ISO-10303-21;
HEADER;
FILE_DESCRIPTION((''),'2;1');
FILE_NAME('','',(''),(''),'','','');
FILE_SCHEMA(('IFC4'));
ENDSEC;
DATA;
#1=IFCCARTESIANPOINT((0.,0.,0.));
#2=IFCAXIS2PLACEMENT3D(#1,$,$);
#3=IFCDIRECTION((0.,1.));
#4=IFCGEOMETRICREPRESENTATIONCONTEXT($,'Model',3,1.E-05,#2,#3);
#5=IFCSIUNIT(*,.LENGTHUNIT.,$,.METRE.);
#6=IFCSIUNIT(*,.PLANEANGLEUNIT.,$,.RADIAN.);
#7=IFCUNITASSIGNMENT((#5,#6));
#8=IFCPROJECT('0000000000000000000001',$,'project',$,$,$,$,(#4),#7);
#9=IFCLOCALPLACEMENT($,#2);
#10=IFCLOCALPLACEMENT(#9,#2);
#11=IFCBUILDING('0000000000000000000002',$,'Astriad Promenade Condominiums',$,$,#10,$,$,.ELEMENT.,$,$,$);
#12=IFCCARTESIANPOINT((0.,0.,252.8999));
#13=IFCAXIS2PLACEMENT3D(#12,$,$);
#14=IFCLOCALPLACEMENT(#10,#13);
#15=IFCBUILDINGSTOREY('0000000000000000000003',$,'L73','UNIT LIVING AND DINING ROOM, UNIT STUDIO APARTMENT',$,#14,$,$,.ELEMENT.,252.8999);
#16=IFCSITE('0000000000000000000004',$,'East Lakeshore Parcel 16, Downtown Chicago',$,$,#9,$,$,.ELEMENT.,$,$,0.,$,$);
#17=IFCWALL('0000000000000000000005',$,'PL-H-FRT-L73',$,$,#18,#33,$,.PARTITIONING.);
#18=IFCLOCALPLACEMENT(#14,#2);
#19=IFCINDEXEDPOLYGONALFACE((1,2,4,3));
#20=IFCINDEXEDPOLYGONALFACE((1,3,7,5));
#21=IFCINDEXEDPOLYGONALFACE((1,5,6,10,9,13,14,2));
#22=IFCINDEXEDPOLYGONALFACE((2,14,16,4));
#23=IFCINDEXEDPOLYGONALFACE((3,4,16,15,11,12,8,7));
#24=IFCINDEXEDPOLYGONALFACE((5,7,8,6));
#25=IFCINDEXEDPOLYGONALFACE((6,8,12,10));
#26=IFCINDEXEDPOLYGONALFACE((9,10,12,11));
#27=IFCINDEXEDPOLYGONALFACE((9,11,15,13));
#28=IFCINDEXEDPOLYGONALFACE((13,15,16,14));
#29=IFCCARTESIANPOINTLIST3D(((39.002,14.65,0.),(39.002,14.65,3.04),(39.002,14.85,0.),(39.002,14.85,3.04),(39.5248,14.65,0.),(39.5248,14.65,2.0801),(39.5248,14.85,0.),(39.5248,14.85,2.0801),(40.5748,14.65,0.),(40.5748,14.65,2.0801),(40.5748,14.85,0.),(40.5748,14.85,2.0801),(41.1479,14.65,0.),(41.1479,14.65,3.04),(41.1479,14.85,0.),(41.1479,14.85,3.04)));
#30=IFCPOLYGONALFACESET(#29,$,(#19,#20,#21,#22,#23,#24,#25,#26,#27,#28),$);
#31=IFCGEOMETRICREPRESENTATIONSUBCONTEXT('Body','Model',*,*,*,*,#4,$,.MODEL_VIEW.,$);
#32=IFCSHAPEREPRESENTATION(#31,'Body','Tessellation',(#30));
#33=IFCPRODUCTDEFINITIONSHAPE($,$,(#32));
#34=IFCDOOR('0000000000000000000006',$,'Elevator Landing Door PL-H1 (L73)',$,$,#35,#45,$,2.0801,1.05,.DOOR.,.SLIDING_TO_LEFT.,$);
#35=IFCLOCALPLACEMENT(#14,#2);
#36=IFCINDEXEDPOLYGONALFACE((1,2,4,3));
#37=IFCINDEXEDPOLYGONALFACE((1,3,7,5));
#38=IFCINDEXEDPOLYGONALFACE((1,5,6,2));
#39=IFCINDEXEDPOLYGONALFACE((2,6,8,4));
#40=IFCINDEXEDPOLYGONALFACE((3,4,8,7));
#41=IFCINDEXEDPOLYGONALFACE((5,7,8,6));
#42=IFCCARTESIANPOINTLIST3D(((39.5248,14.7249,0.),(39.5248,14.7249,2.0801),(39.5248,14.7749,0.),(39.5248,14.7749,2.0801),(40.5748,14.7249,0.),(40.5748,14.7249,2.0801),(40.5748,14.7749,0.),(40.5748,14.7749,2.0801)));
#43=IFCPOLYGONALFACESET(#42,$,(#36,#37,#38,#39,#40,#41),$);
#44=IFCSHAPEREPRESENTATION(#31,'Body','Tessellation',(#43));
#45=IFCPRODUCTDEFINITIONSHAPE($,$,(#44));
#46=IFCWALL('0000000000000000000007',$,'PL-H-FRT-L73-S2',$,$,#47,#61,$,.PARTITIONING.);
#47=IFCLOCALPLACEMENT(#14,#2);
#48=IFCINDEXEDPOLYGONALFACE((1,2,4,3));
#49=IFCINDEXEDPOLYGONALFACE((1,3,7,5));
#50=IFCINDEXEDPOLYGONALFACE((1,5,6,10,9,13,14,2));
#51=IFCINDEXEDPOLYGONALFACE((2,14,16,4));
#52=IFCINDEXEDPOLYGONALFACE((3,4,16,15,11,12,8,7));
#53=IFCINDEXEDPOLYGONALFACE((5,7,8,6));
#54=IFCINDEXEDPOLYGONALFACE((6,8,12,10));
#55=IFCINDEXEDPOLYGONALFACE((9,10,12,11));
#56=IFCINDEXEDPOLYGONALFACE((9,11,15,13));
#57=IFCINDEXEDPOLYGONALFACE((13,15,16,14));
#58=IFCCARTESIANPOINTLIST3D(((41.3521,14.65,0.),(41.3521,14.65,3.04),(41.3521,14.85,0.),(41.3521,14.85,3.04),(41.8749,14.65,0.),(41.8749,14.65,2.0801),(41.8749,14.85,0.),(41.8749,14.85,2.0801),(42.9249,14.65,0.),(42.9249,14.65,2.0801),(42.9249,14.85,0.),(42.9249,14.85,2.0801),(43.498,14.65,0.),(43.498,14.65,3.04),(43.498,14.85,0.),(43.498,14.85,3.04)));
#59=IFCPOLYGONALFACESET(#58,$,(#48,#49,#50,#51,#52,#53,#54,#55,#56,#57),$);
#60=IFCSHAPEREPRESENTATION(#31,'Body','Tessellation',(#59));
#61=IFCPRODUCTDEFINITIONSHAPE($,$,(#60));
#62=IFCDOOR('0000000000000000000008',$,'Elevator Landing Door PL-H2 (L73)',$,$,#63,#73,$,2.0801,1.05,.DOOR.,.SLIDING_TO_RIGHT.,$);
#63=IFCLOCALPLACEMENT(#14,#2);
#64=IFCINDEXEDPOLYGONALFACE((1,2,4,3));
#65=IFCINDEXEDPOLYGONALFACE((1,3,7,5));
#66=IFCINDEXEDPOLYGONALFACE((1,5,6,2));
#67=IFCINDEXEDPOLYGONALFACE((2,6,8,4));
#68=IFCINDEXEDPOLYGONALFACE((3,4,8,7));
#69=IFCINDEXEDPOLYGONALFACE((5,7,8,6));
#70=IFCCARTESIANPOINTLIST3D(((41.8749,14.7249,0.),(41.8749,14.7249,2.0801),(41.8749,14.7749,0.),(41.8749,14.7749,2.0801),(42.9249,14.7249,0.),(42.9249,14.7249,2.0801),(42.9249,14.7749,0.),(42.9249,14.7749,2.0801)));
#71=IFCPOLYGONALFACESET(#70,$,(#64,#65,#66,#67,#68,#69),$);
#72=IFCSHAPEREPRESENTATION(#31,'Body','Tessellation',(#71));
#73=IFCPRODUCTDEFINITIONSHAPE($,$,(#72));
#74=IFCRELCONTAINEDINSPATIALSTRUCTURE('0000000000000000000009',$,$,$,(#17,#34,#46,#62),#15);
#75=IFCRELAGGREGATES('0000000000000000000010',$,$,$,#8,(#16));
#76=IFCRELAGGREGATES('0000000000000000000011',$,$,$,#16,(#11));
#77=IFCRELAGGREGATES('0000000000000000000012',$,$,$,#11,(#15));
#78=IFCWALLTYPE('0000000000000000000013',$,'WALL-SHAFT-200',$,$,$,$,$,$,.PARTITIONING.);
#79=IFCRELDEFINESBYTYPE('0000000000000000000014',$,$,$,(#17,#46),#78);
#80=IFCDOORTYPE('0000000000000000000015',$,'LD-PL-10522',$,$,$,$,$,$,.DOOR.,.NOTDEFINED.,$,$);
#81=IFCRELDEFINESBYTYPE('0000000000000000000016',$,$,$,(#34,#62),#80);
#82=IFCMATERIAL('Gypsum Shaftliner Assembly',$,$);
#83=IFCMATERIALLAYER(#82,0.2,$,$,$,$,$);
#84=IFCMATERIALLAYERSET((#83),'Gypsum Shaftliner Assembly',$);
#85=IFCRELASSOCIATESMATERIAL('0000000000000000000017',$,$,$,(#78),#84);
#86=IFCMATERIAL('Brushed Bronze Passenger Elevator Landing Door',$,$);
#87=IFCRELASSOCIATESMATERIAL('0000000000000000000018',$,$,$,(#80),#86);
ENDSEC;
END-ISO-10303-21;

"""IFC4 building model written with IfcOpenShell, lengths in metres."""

from ifc_helpers import new_model, si_unit, direction, frame, frame_2d, origin, place, context, subcontext, project, spatial, rectangle, extrude, source, transform, mapped, material, layer, layer_set, type_object, type_shapes, element, fill, save


model = new_model("IFC4")

# Units and contexts
model_context = context("Model", 3, precision=1e-05, world=origin(), true_north=direction((0.0, 1.0)))
body_context = subcontext(model_context, "Body", "Model", "MODEL_VIEW")
ifc_project = project(units=[si_unit("LENGTHUNIT", "METRE"), si_unit("PLANEANGLEUNIT", "RADIAN")], contexts=[model_context])

# Site, building, storey
site_placement = place(None, origin())
site = spatial("IfcSite", under=ifc_project, at=site_placement, Name="East Lakeshore Parcel 16, Downtown Chicago", CompositionType="ELEMENT", RefElevation=0.0)
building_placement = place(site_placement, origin())
building = spatial("IfcBuilding", under=site, at=building_placement, Name="Astriad Promenade Condominiums", CompositionType="ELEMENT")
storey_placement = place(building_placement, frame((0.0, 0.0, 252.8999)))
storey = spatial("IfcBuildingStorey", under=building, at=storey_placement, Name="L73", Description="UNIT LIVING AND DINING ROOM, UNIT STUDIO APARTMENT", CompositionType="ELEMENT", Elevation=252.8999)

# Shared definitions
ifc_material_1 = material(Name="Gypsum Shaftliner Assembly")
ifc_layer_1 = layer(ifc_material_1, 0.2)
ifc_layer_set_1 = layer_set([ifc_layer_1], Name="Gypsum Shaftliner Assembly")
wall_type_1 = type_object("IfcWallType", Name="WALL-SHAFT-200", PredefinedType="PARTITIONING", material=ifc_layer_set_1)

# Walls, openings, doors
wall_1_placement = place(storey_placement, frame((39.002, 14.75, 0.0), z_axis=(0.0, 0.0, 1.0), x_axis=(1.0, 0.0, 0.0)))
wall_1 = element("IfcWall", 1, at=wall_1_placement, inside=storey, type_object=wall_type_1, Name="PL-H-FRT-L73", PredefinedType="PARTITIONING", context=body_context, shape_type="SweptSolid", body=[
    extrude(rectangle(XDim=2.146, YDim=0.2, at=frame_2d((1.073, 0.0))), origin(), (0.0, 0.0, 1.0), 3.04),
])
opening_1_placement = place(wall_1_placement, frame((0.5229, 0.0, 0.0)))
opening_1 = element("IfcOpeningElement", 2, at=opening_1_placement, cuts=wall_1, PredefinedType="OPENING", context=body_context, shape_type="SweptSolid", body=[
    extrude(rectangle(XDim=1.05, YDim=2.0801, at=frame_2d((0.5249, 1.04))), frame((0.0, 0.1099, 0.0), z_axis=(0.0, -1.0, 0.0), x_axis=(1.0, 0.0, 0.0)), (0.0, 0.0, 1.0), 0.22),
])
ifc_material_2 = material(Name="Brushed Bronze Passenger Elevator Landing Door")
door_type_1 = type_object("IfcDoorType", Name="LD-PL-10522", OperationType="NOTDEFINED", PredefinedType="DOOR", material=ifc_material_2)
shared_shape_1 = source(origin(), body_context, "Body", "SweptSolid", [
    extrude(rectangle(XDim=1.05, YDim=2.0801, at=frame_2d((0.5249, 1.04))), frame((0.0, 0.0249, 0.0), z_axis=(0.0, -1.0, 0.0), x_axis=(1.0, 0.0, 0.0)), (0.0, 0.0, 1.0), 0.05),
])
type_shapes(door_type_1, [shared_shape_1])
door_1_placement = place(opening_1_placement, origin())
door_1 = element("IfcDoor", 3, at=door_1_placement, inside=storey, type_object=door_type_1, Name="Elevator Landing Door PL-H1 (L73)", OperationType="SLIDING_TO_LEFT", OverallHeight=2.0801, OverallWidth=1.05, PredefinedType="DOOR", context=body_context, shape_type="MappedRepresentation", body=[
    mapped(shared_shape_1, transform((0.0, 0.0, 0.0), scale=1.0)),
])
fill(opening_1, door_1)
wall_2_placement = place(storey_placement, frame((41.3521, 14.75, 0.0), z_axis=(0.0, 0.0, 1.0), x_axis=(1.0, 0.0, 0.0)))
wall_2 = element("IfcWall", 4, at=wall_2_placement, inside=storey, type_object=wall_type_1, Name="PL-H-FRT-L73-S2", PredefinedType="PARTITIONING", context=body_context, shape_type="SweptSolid", body=[
    extrude(rectangle(XDim=2.146, YDim=0.2, at=frame_2d((1.073, 0.0))), origin(), (0.0, 0.0, 1.0), 3.04),
])
opening_2_placement = place(wall_2_placement, frame((0.5229, 0.0, 0.0)))
opening_2 = element("IfcOpeningElement", 5, at=opening_2_placement, cuts=wall_2, PredefinedType="OPENING", context=body_context, shape_type="SweptSolid", body=[
    extrude(rectangle(XDim=1.05, YDim=2.0801, at=frame_2d((0.5249, 1.04))), frame((0.0, 0.1099, 0.0), z_axis=(0.0, -1.0, 0.0), x_axis=(1.0, 0.0, 0.0)), (0.0, 0.0, 1.0), 0.22),
])
door_2_placement = place(opening_2_placement, origin())
door_2 = element("IfcDoor", 6, at=door_2_placement, inside=storey, type_object=door_type_1, Name="Elevator Landing Door PL-H2 (L73)", OperationType="SLIDING_TO_RIGHT", OverallHeight=2.0801, OverallWidth=1.05, PredefinedType="DOOR", context=body_context, shape_type="MappedRepresentation", body=[
    mapped(shared_shape_1, transform((0.0, 0.0, 0.0), scale=1.0)),
])
fill(opening_2, door_2)

save(model, "model.ifc")
